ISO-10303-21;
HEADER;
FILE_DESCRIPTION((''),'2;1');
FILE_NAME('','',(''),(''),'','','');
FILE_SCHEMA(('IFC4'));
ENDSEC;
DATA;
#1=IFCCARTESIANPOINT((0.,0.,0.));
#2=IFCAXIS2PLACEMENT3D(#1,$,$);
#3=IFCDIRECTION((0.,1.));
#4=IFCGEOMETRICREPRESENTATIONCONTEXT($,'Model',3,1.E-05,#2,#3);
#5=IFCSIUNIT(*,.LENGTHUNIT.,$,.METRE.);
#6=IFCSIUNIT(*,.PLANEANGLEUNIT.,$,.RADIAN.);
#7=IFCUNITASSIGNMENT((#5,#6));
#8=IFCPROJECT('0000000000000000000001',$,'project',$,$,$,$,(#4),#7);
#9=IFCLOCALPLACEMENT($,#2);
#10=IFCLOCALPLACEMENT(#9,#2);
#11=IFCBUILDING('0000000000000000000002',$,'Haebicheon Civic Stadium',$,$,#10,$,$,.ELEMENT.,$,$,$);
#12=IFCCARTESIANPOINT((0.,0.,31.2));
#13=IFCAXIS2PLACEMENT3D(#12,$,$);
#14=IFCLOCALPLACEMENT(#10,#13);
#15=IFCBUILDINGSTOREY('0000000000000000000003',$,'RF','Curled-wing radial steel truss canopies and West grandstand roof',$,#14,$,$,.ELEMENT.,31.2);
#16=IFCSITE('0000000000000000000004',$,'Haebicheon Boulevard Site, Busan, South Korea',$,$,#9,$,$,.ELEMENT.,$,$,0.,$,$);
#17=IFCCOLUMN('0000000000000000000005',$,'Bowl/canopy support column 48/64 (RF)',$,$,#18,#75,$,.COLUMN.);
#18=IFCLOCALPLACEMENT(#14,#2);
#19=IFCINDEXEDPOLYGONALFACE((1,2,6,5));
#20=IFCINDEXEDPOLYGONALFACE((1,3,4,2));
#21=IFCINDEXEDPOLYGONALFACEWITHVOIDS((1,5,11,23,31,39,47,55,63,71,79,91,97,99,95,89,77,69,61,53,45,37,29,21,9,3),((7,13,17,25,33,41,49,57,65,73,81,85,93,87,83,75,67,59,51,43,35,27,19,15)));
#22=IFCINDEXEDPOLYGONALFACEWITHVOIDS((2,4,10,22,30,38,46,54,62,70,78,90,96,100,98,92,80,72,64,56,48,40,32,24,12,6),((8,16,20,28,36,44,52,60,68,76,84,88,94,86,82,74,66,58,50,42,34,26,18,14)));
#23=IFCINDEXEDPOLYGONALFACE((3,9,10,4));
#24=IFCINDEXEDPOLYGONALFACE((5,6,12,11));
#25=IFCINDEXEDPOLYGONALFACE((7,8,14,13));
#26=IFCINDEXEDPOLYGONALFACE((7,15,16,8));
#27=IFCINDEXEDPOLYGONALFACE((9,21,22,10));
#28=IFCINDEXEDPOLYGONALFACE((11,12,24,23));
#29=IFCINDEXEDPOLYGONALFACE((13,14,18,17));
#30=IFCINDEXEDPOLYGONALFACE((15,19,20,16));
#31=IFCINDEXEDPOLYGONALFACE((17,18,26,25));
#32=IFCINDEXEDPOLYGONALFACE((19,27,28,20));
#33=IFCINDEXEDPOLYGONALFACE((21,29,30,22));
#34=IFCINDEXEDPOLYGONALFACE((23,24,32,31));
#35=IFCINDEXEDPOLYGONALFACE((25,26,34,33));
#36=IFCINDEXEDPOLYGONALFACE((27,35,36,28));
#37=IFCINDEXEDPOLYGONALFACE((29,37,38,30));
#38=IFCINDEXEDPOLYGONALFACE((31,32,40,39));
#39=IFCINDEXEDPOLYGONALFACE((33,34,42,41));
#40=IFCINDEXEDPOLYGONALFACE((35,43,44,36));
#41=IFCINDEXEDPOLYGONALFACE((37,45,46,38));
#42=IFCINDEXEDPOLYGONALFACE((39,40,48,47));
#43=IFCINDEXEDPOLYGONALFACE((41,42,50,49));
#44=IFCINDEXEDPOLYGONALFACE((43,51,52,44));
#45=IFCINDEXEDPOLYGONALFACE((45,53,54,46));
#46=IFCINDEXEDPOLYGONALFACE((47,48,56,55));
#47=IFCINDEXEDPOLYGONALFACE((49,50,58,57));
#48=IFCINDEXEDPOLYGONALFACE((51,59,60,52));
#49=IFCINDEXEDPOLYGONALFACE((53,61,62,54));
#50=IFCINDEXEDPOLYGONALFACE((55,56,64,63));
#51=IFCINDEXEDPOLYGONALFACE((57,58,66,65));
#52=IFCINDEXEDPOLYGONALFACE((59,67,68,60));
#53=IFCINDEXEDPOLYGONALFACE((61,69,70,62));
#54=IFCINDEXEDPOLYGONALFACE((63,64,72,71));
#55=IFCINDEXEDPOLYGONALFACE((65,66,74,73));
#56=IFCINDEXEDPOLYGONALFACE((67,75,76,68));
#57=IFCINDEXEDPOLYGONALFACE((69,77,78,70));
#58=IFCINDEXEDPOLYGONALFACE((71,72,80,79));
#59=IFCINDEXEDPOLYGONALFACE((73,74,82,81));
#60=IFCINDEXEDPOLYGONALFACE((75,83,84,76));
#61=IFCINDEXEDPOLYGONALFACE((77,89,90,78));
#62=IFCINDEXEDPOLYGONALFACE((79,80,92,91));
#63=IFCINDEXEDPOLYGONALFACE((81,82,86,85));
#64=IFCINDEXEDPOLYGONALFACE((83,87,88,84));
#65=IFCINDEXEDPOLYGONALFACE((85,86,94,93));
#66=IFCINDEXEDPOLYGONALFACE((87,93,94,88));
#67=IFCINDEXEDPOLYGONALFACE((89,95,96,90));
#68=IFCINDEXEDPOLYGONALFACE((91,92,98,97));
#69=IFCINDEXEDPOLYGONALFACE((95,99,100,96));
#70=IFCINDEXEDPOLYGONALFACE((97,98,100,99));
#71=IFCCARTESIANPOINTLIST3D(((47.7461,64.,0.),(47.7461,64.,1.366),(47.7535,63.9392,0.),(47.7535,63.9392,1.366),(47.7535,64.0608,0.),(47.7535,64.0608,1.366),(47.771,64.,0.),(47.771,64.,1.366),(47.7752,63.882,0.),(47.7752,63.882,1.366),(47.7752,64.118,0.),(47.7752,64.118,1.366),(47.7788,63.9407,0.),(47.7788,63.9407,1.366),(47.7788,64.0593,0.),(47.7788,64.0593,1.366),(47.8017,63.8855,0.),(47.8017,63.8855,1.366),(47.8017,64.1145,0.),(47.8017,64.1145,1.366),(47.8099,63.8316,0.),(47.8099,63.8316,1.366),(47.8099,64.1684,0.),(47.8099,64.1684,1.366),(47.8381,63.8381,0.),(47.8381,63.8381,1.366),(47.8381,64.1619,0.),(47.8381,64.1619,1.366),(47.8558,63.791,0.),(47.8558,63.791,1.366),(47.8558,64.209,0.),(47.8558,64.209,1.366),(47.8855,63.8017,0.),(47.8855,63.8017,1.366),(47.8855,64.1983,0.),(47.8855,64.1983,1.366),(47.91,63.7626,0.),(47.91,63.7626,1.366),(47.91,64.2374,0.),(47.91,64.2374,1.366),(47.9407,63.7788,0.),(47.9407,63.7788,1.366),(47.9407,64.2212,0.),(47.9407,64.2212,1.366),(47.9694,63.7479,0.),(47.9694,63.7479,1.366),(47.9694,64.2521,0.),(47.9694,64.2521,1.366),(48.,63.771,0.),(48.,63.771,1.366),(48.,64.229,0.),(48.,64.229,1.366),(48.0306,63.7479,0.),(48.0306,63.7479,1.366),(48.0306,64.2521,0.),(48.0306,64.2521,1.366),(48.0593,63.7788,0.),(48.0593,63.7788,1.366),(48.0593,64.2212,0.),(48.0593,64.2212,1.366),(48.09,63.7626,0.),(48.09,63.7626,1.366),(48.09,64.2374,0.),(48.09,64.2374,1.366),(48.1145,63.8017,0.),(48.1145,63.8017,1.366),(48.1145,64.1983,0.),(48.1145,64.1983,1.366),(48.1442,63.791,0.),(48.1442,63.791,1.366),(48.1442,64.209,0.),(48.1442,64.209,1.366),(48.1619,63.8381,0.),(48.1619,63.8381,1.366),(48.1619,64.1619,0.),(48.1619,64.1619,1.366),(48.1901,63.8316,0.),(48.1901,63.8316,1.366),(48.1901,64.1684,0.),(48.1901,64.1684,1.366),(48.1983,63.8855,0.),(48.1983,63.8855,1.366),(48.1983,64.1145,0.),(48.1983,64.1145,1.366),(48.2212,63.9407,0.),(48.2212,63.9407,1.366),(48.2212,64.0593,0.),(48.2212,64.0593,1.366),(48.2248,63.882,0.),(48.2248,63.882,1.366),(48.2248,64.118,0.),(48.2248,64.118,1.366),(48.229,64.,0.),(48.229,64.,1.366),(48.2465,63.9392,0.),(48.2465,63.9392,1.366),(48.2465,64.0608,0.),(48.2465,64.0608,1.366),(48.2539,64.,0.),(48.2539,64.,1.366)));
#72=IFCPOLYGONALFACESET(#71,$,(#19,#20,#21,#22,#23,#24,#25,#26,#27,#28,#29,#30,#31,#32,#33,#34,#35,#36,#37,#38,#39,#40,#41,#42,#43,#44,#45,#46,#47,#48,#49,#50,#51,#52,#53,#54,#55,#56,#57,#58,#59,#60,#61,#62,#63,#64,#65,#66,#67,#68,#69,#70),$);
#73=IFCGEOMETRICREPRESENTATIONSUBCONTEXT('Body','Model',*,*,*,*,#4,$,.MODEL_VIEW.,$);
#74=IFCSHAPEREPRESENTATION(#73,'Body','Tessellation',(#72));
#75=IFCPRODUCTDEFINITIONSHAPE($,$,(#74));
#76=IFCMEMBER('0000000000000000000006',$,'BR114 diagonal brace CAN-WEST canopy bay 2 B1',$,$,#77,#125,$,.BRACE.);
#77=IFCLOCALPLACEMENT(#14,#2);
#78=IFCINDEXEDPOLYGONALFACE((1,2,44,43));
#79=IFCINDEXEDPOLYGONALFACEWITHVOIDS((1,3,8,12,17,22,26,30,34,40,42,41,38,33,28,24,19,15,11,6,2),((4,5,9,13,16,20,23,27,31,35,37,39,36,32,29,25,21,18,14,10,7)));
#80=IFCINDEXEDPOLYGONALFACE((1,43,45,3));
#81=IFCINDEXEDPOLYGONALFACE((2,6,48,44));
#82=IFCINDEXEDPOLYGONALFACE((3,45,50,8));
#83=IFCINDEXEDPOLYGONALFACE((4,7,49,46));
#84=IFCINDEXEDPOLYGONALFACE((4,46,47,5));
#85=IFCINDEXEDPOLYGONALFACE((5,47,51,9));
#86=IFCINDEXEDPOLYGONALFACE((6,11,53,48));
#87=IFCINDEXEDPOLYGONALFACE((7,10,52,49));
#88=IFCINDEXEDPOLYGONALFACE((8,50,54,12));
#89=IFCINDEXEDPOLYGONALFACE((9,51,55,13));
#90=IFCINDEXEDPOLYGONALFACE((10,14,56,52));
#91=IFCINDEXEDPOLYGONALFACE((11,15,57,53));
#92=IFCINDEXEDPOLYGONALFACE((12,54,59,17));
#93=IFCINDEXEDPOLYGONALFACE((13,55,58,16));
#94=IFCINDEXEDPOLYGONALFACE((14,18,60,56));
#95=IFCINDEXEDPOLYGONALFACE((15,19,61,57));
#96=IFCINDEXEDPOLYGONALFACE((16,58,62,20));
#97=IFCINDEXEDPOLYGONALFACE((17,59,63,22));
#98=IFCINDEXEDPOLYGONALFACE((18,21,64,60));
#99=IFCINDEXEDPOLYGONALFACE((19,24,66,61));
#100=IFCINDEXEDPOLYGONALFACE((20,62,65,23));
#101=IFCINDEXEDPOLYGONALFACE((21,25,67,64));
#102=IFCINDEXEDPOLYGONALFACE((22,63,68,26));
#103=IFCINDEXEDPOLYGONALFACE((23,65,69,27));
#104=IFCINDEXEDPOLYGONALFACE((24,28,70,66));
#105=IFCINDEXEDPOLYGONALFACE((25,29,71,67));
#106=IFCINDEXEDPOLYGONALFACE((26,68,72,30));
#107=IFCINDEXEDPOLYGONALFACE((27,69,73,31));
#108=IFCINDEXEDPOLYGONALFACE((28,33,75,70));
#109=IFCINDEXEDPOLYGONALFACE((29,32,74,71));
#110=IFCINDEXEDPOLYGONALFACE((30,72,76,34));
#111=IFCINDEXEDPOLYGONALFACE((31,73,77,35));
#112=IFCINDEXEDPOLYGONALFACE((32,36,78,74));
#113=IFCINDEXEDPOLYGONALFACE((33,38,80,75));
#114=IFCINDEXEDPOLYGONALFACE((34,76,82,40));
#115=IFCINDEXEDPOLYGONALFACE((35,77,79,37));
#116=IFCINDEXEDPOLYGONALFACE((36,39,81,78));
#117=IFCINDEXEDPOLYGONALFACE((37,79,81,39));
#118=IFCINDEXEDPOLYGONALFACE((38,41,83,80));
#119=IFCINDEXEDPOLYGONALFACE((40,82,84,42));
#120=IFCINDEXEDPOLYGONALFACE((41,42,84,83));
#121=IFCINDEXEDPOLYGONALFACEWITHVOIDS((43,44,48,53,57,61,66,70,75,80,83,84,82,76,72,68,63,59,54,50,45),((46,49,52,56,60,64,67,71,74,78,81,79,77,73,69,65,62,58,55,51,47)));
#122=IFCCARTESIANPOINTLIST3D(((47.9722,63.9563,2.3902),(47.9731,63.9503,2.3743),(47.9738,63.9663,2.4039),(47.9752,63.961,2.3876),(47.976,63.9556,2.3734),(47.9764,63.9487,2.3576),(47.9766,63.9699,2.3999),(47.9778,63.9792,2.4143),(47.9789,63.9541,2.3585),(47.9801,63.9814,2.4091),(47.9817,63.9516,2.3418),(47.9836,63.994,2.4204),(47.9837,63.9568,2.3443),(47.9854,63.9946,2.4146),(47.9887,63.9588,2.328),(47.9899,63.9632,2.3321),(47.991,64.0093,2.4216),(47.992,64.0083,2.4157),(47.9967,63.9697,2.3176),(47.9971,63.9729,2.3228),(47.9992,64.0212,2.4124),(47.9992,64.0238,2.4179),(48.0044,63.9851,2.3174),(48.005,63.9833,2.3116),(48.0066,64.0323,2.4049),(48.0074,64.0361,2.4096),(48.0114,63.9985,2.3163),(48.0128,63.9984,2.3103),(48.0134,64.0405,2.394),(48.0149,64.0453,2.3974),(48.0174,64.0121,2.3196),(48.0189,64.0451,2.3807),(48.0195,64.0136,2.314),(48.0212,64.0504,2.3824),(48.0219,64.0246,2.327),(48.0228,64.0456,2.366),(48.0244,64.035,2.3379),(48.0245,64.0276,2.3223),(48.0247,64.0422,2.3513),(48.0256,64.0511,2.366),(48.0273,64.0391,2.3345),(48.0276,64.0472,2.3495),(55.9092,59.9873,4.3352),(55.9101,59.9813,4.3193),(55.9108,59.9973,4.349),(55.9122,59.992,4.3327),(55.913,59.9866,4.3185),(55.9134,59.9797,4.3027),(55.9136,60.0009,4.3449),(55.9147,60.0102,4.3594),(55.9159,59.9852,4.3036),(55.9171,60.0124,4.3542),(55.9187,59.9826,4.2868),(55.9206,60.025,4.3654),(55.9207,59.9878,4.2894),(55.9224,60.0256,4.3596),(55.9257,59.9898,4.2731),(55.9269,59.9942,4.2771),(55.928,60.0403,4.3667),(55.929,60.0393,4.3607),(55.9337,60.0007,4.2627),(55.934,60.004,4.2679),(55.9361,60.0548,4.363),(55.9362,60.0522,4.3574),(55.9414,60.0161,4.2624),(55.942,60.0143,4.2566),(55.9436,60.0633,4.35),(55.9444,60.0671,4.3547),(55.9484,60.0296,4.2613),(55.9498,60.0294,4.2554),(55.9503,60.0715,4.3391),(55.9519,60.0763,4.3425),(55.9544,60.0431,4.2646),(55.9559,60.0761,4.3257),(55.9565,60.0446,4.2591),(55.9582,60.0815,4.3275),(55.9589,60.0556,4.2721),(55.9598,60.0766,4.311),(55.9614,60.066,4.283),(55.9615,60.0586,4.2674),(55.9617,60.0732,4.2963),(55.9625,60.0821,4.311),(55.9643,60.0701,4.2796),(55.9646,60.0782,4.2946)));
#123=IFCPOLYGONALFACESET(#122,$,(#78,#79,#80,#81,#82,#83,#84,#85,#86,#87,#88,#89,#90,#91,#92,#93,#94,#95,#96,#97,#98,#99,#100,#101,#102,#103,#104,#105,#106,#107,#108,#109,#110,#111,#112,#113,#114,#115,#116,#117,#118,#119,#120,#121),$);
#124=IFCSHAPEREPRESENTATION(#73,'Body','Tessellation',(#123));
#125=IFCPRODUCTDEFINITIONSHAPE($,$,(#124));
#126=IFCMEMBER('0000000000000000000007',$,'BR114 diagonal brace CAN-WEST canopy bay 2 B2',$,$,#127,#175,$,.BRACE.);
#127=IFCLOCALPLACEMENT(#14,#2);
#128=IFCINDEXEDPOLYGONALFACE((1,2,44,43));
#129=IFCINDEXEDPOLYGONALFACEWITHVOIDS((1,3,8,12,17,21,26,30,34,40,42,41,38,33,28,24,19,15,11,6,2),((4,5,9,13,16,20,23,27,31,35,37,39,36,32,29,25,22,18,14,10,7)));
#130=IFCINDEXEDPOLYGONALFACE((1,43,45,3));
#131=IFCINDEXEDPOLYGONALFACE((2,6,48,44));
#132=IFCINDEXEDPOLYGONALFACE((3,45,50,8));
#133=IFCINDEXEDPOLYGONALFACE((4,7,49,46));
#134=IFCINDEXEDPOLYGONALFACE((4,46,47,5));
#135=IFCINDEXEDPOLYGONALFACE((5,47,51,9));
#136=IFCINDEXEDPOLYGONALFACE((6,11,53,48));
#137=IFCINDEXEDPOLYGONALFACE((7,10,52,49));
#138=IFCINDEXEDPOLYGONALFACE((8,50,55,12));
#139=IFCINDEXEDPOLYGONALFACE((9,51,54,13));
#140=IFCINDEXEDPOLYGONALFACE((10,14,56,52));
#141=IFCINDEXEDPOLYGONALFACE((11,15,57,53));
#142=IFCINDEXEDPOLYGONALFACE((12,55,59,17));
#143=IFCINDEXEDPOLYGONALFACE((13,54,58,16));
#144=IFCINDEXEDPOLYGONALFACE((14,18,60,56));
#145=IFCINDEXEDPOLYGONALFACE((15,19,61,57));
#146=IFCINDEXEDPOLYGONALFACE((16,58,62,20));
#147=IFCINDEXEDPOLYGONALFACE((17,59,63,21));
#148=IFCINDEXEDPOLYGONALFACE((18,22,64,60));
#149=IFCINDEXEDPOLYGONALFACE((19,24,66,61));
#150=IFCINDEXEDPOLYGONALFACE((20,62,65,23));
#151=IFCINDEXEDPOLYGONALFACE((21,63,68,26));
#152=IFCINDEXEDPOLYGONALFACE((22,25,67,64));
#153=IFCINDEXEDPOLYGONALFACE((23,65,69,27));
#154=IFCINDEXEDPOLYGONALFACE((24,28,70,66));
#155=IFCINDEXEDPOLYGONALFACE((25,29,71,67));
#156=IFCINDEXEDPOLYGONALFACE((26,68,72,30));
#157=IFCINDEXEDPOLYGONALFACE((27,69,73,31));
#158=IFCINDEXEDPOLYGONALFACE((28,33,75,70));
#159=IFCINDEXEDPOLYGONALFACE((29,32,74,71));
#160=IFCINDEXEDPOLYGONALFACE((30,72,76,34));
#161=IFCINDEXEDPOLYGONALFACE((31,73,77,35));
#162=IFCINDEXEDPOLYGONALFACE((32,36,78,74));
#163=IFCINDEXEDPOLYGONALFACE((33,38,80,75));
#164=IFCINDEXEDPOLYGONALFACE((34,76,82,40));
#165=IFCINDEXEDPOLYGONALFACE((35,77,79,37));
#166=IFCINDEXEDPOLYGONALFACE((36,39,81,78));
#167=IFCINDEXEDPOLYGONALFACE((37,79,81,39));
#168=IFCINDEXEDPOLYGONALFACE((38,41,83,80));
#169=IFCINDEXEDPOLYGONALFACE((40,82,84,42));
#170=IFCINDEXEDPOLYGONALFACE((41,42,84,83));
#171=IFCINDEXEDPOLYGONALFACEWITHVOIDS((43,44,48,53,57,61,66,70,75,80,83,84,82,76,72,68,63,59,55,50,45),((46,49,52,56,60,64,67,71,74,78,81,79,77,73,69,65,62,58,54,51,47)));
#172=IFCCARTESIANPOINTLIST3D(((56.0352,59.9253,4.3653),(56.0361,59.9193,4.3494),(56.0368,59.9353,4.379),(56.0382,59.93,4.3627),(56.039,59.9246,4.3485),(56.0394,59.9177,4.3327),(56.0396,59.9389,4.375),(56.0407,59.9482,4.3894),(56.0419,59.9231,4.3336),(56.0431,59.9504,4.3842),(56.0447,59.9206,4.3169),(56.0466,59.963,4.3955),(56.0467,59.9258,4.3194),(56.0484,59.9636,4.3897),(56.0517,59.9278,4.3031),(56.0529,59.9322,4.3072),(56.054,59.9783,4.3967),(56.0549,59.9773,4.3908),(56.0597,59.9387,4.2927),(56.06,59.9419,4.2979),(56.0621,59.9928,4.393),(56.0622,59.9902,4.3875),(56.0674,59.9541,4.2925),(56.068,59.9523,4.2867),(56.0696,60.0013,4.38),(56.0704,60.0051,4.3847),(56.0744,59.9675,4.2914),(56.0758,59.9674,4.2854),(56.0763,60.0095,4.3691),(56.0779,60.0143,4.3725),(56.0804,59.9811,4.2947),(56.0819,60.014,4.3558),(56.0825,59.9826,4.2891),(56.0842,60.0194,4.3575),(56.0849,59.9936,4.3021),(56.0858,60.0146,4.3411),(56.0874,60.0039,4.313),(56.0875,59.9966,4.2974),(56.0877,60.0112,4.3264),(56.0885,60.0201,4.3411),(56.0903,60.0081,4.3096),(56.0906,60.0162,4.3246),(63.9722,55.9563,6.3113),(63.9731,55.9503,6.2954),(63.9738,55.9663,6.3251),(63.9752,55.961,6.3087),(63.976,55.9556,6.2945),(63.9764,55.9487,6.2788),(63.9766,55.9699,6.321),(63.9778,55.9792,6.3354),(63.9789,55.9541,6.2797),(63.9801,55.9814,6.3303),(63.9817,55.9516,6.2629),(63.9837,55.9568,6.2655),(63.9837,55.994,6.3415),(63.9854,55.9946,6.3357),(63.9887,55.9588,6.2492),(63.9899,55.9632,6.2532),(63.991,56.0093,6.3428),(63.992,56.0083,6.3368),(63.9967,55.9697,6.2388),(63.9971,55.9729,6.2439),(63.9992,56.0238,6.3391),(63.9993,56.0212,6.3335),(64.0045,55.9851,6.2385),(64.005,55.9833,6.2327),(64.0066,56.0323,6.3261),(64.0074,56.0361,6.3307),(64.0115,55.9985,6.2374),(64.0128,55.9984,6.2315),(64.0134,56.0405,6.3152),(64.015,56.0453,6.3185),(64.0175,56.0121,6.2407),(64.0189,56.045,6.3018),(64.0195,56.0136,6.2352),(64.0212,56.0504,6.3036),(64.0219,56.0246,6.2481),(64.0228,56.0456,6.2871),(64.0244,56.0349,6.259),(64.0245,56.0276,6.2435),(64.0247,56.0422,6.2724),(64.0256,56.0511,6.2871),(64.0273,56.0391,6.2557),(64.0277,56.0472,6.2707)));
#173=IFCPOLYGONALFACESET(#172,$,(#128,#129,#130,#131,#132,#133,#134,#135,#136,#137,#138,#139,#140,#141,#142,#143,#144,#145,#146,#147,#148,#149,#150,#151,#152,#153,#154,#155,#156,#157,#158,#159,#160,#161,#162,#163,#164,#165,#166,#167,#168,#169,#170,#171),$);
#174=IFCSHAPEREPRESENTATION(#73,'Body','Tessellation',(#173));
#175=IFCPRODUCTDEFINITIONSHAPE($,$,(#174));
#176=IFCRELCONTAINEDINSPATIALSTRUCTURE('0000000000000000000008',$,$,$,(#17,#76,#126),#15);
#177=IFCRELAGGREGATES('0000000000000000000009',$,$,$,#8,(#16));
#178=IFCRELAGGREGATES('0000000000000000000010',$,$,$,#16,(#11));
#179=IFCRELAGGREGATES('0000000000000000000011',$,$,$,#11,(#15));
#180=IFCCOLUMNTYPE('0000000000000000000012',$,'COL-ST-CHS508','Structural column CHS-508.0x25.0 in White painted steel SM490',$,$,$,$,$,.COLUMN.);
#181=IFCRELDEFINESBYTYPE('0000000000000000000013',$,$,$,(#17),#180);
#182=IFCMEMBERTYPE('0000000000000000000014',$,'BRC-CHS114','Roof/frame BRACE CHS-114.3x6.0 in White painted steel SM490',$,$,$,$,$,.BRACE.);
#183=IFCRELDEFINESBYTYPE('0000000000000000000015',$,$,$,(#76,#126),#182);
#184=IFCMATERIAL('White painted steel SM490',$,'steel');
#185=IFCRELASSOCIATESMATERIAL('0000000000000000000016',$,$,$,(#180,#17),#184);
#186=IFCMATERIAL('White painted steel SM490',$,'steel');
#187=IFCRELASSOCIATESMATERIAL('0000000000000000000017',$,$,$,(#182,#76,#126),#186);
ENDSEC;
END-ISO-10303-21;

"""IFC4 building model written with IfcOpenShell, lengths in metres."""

from ifc_helpers import new_model, si_unit, direction, frame, origin, origin_2d, place, context, subcontext, project, spatial, hollow_circle, extrude, material, material_profile, profile_set, type_object, element, save


model = new_model("IFC4")

# Units and contexts
model_context = context("Model", 3, precision=1e-05, world=origin(), true_north=direction((0.0, 1.0)))
body_context = subcontext(model_context, "Body", "Model", "MODEL_VIEW")
ifc_project = project(units=[si_unit("LENGTHUNIT", "METRE"), si_unit("PLANEANGLEUNIT", "RADIAN")], contexts=[model_context])

# Site, building, storey
site_placement = place(None, origin())
site = spatial("IfcSite", under=ifc_project, at=site_placement, Name="Haebicheon Boulevard Site, Busan, South Korea", CompositionType="ELEMENT", RefElevation=0.0)
building_placement = place(site_placement, origin())
building = spatial("IfcBuilding", under=site, at=building_placement, Name="Haebicheon Civic Stadium", CompositionType="ELEMENT")
storey_placement = place(building_placement, frame((0.0, 0.0, 31.2)))
storey = spatial("IfcBuildingStorey", under=building, at=storey_placement, Name="RF", Description="Curled-wing radial steel truss canopies and West grandstand roof", CompositionType="ELEMENT", Elevation=31.2)

# Column
ifc_material_1 = material(Name="White painted steel SM490", Category="steel")
ifc_material_profile_1 = material_profile(ifc_material_1, hollow_circle(Radius=0.2539, WallThickness=0.0249, at=origin_2d()), Name="CHS-508.0x25.0")
ifc_profile_set_1 = profile_set([ifc_material_profile_1], Name="White painted steel SM490")
column_type = type_object("IfcColumnType", Name="COL-ST-CHS508", Description="Structural column CHS-508.0x25.0 in White painted steel SM490", PredefinedType="COLUMN", material=ifc_profile_set_1)
column_placement = place(storey_placement, frame((48.0, 64.0, 0.0), z_axis=(0.0, 0.0, 1.0), x_axis=(1.0, 0.0, 0.0)))
element("IfcColumn", 1, at=column_placement, inside=storey, type_object=column_type, material=ifc_profile_set_1, Name="Bowl/canopy support column 48/64 (RF)", PredefinedType="COLUMN", context=body_context, shape_type="SweptSolid", body=[
    extrude(hollow_circle(Radius=0.2539, WallThickness=0.0249, at=origin_2d()), origin(), (0.0, 0.0, 1.0), 1.366),
])

# Members
ifc_material_2 = material(Name="White painted steel SM490", Category="steel")
ifc_material_profile_2 = material_profile(ifc_material_2, hollow_circle(Radius=0.0571, WallThickness=0.0061, at=origin_2d()), Name="CHS-114.3x6.0")
ifc_profile_set_2 = profile_set([ifc_material_profile_2], Name="White painted steel SM490")
member_type_1 = type_object("IfcMemberType", Name="BRC-CHS114", Description="Roof/frame BRACE CHS-114.3x6.0 in White painted steel SM490", PredefinedType="BRACE", material=ifc_profile_set_2)
member_1_placement = place(storey_placement, frame((48.0, 64.0, 2.366), z_axis=(0.873665, -0.436886, 0.214103), x_axis=(0.447258, 0.894405, 0.0)))
element("IfcMember", 2, at=member_1_placement, inside=storey, type_object=member_type_1, material=ifc_profile_set_2, Name="BR114 diagonal brace CAN-WEST canopy bay 2 B1", PredefinedType="BRACE", context=body_context, shape_type="SweptSolid", body=[
    extrude(hollow_circle(Radius=0.0571, WallThickness=0.0061, at=origin_2d()), origin(), (0.0, 0.0, 1.0), 9.0847),
])
member_2_placement = place(storey_placement, frame((56.063, 59.969, 4.3411), z_axis=(0.873645, -0.436876, 0.214206), x_axis=(0.447258, 0.894405, 0.0)))
element("IfcMember", 3, at=member_2_placement, inside=storey, type_object=member_type_1, material=ifc_profile_set_2, Name="BR114 diagonal brace CAN-WEST canopy bay 2 B2", PredefinedType="BRACE", context=body_context, shape_type="SweptSolid", body=[
    extrude(hollow_circle(Radius=0.0571, WallThickness=0.0061, at=origin_2d()), origin(), (0.0, 0.0, 1.0), 9.085),
])

save(model, "model.ifc")
